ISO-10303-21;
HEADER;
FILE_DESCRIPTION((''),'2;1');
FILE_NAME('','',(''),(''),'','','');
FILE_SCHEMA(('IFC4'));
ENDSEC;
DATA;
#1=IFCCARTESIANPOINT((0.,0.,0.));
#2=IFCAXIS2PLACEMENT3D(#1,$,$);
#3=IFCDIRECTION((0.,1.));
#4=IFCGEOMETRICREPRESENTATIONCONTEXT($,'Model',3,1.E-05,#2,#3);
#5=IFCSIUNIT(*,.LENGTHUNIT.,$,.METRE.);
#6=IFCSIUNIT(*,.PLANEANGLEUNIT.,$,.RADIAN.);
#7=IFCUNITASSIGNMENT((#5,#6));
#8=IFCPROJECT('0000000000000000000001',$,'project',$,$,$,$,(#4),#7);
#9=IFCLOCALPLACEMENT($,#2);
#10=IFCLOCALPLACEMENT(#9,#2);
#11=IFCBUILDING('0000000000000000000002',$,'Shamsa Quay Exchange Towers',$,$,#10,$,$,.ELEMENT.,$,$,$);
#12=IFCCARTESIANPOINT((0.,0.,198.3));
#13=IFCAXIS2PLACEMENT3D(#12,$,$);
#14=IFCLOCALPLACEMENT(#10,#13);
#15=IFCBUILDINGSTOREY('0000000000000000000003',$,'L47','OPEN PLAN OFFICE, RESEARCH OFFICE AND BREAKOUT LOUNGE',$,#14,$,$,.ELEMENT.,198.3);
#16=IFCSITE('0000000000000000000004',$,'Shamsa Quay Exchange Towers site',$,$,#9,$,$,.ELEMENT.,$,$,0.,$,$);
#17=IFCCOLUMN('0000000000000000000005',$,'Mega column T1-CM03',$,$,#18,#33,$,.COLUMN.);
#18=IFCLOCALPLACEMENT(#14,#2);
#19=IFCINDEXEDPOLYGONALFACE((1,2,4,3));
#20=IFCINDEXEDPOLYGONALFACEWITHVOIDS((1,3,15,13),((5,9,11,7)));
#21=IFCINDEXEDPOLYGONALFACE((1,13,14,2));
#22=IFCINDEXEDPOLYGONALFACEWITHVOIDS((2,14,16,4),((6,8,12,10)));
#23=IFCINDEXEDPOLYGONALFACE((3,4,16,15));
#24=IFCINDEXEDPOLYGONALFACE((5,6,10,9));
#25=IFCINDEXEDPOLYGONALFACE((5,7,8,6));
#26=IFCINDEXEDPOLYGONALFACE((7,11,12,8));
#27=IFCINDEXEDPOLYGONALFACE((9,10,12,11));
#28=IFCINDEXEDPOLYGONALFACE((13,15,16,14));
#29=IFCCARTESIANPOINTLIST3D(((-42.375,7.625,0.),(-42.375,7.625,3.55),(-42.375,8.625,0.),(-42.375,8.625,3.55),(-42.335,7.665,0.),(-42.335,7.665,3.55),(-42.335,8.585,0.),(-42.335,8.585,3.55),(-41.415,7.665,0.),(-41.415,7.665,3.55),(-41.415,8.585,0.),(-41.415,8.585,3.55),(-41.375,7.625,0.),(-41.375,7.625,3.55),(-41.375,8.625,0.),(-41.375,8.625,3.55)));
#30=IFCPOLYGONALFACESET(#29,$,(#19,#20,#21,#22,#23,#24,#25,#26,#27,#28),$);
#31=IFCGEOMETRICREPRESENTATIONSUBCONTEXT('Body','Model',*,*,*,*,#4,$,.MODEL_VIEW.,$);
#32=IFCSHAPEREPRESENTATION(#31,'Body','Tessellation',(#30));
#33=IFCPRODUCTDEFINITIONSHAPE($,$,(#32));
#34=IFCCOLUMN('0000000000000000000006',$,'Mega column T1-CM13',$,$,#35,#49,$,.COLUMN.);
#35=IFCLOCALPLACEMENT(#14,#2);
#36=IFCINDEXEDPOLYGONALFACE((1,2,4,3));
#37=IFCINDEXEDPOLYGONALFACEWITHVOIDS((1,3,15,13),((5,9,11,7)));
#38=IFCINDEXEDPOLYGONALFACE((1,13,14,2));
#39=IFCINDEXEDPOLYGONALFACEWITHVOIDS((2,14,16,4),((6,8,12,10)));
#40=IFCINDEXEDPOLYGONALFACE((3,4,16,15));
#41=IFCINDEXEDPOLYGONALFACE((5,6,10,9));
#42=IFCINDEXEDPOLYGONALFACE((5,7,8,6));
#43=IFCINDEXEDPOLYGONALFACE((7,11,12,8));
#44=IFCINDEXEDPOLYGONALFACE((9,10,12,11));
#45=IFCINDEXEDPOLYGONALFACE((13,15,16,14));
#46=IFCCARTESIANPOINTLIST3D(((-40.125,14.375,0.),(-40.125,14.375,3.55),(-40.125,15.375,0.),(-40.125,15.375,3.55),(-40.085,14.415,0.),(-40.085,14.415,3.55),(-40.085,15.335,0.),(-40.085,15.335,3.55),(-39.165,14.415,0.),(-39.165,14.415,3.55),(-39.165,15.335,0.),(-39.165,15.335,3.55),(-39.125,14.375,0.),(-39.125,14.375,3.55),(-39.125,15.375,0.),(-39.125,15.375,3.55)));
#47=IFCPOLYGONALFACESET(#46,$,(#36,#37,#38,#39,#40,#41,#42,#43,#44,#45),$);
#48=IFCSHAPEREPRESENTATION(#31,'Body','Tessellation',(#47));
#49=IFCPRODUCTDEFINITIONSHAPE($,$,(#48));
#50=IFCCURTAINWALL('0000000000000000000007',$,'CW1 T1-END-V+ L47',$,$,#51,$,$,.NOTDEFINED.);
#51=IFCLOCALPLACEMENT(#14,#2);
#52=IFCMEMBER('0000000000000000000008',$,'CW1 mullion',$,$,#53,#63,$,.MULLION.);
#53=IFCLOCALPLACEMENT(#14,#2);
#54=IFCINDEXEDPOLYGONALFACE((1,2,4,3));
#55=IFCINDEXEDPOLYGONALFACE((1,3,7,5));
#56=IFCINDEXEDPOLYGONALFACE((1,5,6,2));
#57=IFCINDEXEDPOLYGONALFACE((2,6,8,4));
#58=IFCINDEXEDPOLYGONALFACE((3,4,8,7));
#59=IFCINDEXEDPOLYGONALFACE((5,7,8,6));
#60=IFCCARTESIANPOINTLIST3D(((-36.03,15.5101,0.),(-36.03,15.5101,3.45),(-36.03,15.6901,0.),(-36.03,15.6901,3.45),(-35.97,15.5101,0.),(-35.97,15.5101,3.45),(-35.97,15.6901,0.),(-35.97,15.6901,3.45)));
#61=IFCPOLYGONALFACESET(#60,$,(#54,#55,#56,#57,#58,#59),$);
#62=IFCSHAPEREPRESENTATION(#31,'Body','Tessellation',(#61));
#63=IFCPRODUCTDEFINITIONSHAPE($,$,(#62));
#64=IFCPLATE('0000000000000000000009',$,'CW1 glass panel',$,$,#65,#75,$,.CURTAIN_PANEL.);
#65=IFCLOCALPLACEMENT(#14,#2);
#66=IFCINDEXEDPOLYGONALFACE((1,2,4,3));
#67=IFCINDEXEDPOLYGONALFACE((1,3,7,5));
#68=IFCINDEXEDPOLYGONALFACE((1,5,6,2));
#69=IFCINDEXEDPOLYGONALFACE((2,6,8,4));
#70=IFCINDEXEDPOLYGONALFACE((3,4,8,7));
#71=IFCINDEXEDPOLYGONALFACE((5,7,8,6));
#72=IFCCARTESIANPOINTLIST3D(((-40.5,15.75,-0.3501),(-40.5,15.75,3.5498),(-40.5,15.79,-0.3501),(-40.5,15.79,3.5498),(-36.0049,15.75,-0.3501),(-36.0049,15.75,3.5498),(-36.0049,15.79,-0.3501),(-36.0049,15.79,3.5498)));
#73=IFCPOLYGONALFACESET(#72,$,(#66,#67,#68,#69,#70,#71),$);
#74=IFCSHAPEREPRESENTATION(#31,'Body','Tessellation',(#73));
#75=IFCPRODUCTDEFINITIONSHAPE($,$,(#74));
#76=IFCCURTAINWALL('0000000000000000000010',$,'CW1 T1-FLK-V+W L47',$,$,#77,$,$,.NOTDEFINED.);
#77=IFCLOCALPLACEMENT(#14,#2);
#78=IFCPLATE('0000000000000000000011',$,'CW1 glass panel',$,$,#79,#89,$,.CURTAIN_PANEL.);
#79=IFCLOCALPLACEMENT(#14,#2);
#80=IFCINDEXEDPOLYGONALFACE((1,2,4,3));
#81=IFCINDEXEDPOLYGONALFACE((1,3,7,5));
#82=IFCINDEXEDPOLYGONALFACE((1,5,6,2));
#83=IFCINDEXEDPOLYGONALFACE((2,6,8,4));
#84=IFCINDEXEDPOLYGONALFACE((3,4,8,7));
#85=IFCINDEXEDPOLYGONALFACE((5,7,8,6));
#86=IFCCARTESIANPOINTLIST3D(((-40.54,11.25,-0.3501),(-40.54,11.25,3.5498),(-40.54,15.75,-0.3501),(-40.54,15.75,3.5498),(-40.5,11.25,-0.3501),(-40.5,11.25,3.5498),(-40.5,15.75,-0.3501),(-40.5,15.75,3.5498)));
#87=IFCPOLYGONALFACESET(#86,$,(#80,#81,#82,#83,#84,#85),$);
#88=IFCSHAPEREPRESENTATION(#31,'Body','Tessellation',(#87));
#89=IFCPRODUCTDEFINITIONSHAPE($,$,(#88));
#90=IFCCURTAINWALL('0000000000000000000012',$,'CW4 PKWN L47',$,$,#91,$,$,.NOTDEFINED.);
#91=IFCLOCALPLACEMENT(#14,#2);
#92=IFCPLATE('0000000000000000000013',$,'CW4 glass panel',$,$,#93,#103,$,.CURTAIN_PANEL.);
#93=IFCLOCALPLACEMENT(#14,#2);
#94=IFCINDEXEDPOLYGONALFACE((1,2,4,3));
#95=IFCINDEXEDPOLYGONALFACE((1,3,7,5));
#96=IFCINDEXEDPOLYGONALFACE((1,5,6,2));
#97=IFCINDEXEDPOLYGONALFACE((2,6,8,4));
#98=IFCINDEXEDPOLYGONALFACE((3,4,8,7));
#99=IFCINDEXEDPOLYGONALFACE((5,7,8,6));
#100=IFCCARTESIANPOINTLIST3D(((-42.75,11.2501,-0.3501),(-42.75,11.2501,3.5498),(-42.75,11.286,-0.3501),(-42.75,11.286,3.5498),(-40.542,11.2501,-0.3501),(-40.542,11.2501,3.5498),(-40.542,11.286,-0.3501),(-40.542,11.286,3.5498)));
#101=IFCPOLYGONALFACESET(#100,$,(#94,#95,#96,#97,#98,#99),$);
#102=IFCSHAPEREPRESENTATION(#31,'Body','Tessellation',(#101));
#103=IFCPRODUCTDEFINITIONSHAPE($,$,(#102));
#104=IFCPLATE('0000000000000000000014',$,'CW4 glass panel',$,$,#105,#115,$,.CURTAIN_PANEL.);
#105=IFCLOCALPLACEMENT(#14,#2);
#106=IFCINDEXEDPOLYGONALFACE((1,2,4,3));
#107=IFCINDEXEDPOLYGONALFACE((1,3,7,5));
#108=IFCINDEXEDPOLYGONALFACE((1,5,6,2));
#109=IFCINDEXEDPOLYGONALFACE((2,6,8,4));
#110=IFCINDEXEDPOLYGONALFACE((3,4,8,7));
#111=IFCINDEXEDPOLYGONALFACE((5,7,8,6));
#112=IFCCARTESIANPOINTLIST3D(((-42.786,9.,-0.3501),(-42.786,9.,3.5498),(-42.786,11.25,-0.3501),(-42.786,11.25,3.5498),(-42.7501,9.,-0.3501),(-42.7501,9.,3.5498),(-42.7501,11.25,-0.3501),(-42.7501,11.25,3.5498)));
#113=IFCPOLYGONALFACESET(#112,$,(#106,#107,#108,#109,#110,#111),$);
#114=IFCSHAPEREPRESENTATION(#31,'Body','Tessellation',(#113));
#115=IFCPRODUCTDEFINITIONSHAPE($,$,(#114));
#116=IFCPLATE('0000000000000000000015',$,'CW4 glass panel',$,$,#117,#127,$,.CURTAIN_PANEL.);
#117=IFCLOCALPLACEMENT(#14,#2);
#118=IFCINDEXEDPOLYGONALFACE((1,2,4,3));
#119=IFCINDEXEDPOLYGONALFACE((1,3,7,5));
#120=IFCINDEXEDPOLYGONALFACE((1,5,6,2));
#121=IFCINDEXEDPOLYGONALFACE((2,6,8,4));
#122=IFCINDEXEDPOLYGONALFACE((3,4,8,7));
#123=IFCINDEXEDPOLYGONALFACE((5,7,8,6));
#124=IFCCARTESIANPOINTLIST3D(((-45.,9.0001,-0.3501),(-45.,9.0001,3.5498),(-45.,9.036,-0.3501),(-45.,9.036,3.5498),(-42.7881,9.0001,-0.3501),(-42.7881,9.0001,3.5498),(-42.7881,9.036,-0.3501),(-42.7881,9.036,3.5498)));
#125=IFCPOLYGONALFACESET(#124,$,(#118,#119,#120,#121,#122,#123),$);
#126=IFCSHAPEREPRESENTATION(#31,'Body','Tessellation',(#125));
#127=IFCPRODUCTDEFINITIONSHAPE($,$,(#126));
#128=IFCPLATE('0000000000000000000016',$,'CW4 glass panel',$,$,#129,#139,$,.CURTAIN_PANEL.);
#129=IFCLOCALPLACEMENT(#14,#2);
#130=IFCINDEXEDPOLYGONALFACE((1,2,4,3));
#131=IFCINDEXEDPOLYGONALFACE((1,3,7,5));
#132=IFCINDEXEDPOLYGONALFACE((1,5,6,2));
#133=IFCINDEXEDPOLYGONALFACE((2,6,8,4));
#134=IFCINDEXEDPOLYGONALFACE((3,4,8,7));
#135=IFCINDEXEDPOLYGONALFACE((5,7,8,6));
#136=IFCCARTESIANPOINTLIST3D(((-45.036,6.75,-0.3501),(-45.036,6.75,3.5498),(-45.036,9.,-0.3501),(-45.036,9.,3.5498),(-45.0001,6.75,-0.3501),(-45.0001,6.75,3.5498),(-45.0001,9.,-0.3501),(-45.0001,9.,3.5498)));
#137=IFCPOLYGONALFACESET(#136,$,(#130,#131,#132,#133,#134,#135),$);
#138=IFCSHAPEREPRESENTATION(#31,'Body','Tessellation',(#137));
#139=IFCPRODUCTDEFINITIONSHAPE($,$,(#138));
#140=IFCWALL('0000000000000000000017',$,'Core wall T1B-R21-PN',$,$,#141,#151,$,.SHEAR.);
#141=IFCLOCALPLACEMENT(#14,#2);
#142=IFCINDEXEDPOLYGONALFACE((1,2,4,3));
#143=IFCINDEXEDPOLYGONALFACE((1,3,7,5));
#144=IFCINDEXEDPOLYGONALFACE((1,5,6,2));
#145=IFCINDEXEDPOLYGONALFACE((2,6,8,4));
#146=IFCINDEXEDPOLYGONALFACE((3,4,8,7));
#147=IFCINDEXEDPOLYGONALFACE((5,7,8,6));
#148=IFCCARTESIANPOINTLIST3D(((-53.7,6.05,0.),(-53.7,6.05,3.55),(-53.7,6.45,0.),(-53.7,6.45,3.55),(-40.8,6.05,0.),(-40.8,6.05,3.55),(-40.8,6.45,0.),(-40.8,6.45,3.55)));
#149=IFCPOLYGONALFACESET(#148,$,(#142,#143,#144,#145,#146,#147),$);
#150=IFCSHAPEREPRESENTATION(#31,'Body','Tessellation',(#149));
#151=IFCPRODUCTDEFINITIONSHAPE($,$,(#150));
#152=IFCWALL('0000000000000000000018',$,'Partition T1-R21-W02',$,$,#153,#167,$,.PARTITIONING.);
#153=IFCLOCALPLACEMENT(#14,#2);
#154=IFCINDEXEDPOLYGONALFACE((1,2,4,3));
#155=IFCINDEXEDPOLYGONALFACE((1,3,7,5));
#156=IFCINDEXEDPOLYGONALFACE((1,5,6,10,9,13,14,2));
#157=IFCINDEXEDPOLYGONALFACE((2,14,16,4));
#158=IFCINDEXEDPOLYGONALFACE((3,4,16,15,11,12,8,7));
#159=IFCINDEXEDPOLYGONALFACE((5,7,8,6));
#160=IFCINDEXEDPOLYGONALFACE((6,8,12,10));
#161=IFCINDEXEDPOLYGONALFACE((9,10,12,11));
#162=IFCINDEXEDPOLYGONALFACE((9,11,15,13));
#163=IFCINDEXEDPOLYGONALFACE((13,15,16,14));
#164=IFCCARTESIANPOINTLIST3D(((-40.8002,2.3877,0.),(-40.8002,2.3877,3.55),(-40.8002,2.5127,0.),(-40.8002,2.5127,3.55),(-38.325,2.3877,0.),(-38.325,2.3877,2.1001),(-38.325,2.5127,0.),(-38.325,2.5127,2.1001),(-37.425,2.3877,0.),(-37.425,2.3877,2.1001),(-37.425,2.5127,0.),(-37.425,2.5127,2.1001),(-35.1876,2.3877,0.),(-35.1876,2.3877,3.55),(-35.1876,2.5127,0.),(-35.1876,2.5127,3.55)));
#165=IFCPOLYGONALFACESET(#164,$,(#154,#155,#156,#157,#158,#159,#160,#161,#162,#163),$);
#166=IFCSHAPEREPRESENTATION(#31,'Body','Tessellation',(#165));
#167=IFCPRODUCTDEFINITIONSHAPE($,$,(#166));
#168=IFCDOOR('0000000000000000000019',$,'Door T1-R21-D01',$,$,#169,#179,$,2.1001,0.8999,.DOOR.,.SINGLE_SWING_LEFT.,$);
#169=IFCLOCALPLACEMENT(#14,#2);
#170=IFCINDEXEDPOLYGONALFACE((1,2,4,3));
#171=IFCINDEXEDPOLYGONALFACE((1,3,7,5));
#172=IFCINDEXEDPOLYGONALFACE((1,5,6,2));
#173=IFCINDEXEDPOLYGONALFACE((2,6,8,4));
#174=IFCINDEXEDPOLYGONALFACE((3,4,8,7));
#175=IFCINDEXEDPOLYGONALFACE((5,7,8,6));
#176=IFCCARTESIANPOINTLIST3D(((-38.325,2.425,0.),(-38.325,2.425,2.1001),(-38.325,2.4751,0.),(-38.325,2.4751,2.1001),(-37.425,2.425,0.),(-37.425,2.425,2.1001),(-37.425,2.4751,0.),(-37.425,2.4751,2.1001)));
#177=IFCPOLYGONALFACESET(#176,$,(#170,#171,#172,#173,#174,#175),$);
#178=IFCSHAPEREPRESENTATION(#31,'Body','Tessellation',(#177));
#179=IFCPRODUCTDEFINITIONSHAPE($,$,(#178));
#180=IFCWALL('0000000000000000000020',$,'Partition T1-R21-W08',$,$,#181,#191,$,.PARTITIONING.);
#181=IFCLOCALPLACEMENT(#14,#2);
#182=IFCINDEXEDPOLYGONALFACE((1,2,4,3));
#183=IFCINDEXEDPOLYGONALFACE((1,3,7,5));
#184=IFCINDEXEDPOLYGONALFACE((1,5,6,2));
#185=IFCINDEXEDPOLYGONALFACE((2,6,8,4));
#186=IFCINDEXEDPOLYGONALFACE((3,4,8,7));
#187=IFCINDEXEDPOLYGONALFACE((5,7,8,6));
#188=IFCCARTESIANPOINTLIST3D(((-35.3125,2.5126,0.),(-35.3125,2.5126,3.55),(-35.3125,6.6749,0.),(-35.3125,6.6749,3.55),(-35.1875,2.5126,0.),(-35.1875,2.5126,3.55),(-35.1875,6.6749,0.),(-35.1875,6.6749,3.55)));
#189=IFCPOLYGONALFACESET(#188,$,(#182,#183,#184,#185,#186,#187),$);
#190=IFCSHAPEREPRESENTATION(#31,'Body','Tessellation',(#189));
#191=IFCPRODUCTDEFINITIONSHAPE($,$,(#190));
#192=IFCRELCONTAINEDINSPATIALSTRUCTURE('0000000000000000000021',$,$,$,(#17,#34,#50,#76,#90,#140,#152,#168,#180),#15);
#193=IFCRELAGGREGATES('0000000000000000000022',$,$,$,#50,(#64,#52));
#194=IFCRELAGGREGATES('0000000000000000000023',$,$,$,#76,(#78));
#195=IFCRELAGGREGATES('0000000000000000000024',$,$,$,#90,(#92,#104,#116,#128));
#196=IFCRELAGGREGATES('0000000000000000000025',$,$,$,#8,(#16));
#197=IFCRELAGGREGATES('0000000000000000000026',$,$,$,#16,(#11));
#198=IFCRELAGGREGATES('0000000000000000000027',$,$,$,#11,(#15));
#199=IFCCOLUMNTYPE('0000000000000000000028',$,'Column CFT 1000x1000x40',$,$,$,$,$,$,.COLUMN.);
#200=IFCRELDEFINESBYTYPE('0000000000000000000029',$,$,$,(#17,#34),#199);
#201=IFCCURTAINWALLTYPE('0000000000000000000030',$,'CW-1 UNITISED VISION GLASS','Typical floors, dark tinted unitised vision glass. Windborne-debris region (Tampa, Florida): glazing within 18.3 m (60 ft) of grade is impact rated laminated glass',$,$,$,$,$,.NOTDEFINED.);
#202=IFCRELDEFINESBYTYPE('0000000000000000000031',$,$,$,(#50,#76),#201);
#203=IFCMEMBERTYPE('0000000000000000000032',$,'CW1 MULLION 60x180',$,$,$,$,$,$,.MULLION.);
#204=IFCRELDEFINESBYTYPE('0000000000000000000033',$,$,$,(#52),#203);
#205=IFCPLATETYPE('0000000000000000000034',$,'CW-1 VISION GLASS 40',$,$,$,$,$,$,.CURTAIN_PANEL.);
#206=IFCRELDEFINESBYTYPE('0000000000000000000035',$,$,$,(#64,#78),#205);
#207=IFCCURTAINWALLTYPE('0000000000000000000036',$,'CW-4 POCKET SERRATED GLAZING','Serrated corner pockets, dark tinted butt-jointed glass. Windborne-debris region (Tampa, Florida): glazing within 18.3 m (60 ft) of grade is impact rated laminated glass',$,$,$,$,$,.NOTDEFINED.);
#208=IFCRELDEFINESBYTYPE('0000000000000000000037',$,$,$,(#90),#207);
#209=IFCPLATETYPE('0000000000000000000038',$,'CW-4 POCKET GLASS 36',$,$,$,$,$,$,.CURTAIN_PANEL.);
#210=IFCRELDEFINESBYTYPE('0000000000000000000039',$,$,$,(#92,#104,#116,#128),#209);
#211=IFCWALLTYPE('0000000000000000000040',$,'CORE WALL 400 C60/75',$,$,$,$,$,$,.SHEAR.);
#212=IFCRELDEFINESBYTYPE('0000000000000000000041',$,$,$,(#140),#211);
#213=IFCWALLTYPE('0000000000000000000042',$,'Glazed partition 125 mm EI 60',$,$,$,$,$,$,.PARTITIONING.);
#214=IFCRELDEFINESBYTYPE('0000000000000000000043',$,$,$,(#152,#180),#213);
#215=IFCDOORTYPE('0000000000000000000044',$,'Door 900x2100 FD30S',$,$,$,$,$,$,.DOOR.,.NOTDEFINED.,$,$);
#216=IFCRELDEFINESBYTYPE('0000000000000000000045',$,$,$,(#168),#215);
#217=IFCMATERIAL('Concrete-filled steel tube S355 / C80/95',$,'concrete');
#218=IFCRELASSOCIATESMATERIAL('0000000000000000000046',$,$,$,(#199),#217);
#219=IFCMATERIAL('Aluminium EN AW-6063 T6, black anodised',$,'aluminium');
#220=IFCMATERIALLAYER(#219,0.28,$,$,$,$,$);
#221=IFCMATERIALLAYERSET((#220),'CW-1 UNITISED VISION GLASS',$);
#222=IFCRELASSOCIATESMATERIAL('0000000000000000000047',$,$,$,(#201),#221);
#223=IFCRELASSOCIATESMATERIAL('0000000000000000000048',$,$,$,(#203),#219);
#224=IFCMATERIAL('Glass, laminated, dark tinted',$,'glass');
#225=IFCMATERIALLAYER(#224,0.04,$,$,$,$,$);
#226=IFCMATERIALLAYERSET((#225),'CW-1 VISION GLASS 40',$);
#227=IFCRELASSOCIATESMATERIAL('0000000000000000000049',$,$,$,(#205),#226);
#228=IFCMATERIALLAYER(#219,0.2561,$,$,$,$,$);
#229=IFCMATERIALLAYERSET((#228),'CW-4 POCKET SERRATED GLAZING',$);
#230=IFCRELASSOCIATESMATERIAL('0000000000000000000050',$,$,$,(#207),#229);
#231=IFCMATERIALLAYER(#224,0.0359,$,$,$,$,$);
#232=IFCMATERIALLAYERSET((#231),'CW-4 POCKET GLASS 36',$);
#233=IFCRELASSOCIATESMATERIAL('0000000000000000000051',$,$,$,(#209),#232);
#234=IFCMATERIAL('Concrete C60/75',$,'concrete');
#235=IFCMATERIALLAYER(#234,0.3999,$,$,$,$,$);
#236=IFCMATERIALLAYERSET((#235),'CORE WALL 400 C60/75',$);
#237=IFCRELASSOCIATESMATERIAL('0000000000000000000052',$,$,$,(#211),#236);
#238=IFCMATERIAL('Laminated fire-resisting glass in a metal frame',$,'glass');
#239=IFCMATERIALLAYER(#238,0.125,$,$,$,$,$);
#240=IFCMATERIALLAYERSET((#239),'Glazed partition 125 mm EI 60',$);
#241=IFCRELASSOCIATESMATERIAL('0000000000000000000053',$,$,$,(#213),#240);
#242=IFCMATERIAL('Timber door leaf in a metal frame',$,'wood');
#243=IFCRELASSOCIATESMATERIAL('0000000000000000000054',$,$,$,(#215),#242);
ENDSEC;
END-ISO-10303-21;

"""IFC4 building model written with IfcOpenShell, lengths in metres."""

from ifc_helpers import new_model, si_unit, direction, frame, frame_2d, origin, origin_2d, place, context, subcontext, project, spatial, rectangle, hollow_rectangle, extrude, material, layer, layer_set, material_profile, profile_set, type_object, element, fill, aggregate, save


model = new_model("IFC4")

# Units and contexts
model_context = context("Model", 3, precision=1e-05, world=origin(), true_north=direction((0.0, 1.0)))
body_context = subcontext(model_context, "Body", "Model", "MODEL_VIEW")
ifc_project = project(units=[si_unit("LENGTHUNIT", "METRE"), si_unit("PLANEANGLEUNIT", "RADIAN")], contexts=[model_context])

# Site, building, storey
site_placement = place(None, origin())
site = spatial("IfcSite", under=ifc_project, at=site_placement, Name="Shamsa Quay Exchange Towers site", CompositionType="ELEMENT", RefElevation=0.0)
building_placement = place(site_placement, origin())
building = spatial("IfcBuilding", under=site, at=building_placement, Name="Shamsa Quay Exchange Towers", CompositionType="ELEMENT")
storey_placement = place(building_placement, frame((0.0, 0.0, 198.3)))
storey = spatial("IfcBuildingStorey", under=building, at=storey_placement, Name="L47", Description="OPEN PLAN OFFICE, RESEARCH OFFICE AND BREAKOUT LOUNGE", CompositionType="ELEMENT", Elevation=198.3)

# Columns
ifc_material_1 = material(Name="Concrete-filled steel tube S355 / C80/95", Category="concrete")
ifc_material_profile_1 = material_profile(ifc_material_1, hollow_rectangle(XDim=1.0, YDim=1.0, WallThickness=0.04, at=origin_2d()), Name="CFT 1000x1000x40")
ifc_profile_set_1 = profile_set([ifc_material_profile_1], Name="Concrete-filled steel tube S355 / C80/95")
column_type = type_object("IfcColumnType", Name="Column CFT 1000x1000x40", PredefinedType="COLUMN", material=ifc_profile_set_1)
for number, where, name in (
    (1, (-41.875, 8.125, 0.0), "Mega column T1-CM03"),
    (2, (-39.625, 14.875, 0.0), "Mega column T1-CM13"),
):
    element("IfcColumn", number, at=place(storey_placement, frame(where)), inside=storey, type_object=column_type, Name=name, PredefinedType="COLUMN", context=body_context, shape_type="SweptSolid", body=[
        extrude(hollow_rectangle(XDim=1.0, YDim=1.0, WallThickness=0.04, at=origin_2d()), origin(), (0.0, 0.0, 1.0), 3.55),
    ])

# Curtain wall, member, plate
ifc_material_2 = material(Name="Aluminium EN AW-6063 T6, black anodised", Category="aluminium")
ifc_layer_1 = layer(ifc_material_2, 0.28)
ifc_layer_set_1 = layer_set([ifc_layer_1], Name="CW-1 UNITISED VISION GLASS")
curtain_wall_type_1 = type_object("IfcCurtainWallType", Name="CW-1 UNITISED VISION GLASS", Description="Typical floors, dark tinted unitised vision glass. Windborne-debris region (Tampa, Florida): glazing within 18.3 m (60 ft) of grade is impact rated laminated glass", PredefinedType="NOTDEFINED", material=ifc_layer_set_1)
curtain_wall_1_placement = place(storey_placement, origin())
curtain_wall_1 = element("IfcCurtainWall", 3, at=curtain_wall_1_placement, inside=storey, type_object=curtain_wall_type_1, Name="CW1 T1-END-V+ L47", PredefinedType="NOTDEFINED")
ifc_material_profile_2 = material_profile(ifc_material_2, rectangle(XDim=0.1799, YDim=0.0601, at=origin_2d()), Name="MU60x180")
ifc_profile_set_2 = profile_set([ifc_material_profile_2], Name="Aluminium EN AW-6063 T6, black anodised")
member_type = type_object("IfcMemberType", Name="CW1 MULLION 60x180", PredefinedType="MULLION", material=ifc_profile_set_2)
member_placement = place(storey_placement, frame((-36.0, 15.6001, 0.0), z_axis=(0.0, 0.0, 1.0), x_axis=(0.0, -1.0, 0.0)))
member = element("IfcMember", 4, at=member_placement, type_object=member_type, Name="CW1 mullion", PredefinedType="MULLION", context=body_context, shape_type="SweptSolid", body=[
    extrude(rectangle(XDim=0.1799, YDim=0.0601, at=origin_2d()), origin(), (0.0, 0.0, 1.0), 3.45),
])
ifc_material_3 = material(Name="Glass, laminated, dark tinted", Category="glass")
ifc_layer_2 = layer(ifc_material_3, 0.04)
ifc_layer_set_2 = layer_set([ifc_layer_2], Name="CW-1 VISION GLASS 40")
plate_type_1 = type_object("IfcPlateType", Name="CW-1 VISION GLASS 40", PredefinedType="CURTAIN_PANEL", material=ifc_layer_set_2)
plate_1_placement = place(storey_placement, frame((-38.2524, 15.77, -0.3501), z_axis=(0.0, 0.0, 1.0), x_axis=(-1.0, 0.0, 0.0)))
plate_1 = element("IfcPlate", 5, at=plate_1_placement, type_object=plate_type_1, Name="CW1 glass panel", PredefinedType="CURTAIN_PANEL", context=body_context, shape_type="SweptSolid", body=[
    extrude(rectangle(XDim=4.4951, YDim=0.04, at=origin_2d()), origin(), (0.0, 0.0, 1.0), 3.8999),
])
aggregate(curtain_wall_1, [plate_1, member])

# Curtain wall, plate
curtain_wall_2_placement = place(storey_placement, origin())
curtain_wall_2 = element("IfcCurtainWall", 6, at=curtain_wall_2_placement, inside=storey, type_object=curtain_wall_type_1, Name="CW1 T1-FLK-V+W L47", PredefinedType="NOTDEFINED")
plate_2_placement = place(storey_placement, frame((-40.52, 13.5, -0.3501), z_axis=(0.0, 0.0, 1.0), x_axis=(0.0, -1.0, 0.0)))
plate_2 = element("IfcPlate", 7, at=plate_2_placement, type_object=plate_type_1, Name="CW1 glass panel", PredefinedType="CURTAIN_PANEL", context=body_context, shape_type="SweptSolid", body=[
    extrude(rectangle(XDim=4.5, YDim=0.04, at=origin_2d()), origin(), (0.0, 0.0, 1.0), 3.8999),
])
aggregate(curtain_wall_2, [plate_2])

# Curtain wall, plates
ifc_layer_3 = layer(ifc_material_2, 0.2561)
ifc_layer_set_3 = layer_set([ifc_layer_3], Name="CW-4 POCKET SERRATED GLAZING")
curtain_wall_type_2 = type_object("IfcCurtainWallType", Name="CW-4 POCKET SERRATED GLAZING", Description="Serrated corner pockets, dark tinted butt-jointed glass. Windborne-debris region (Tampa, Florida): glazing within 18.3 m (60 ft) of grade is impact rated laminated glass", PredefinedType="NOTDEFINED", material=ifc_layer_set_3)
curtain_wall_3_placement = place(storey_placement, origin())
curtain_wall_3 = element("IfcCurtainWall", 8, at=curtain_wall_3_placement, inside=storey, type_object=curtain_wall_type_2, Name="CW4 PKWN L47", PredefinedType="NOTDEFINED")
ifc_layer_4 = layer(ifc_material_3, 0.0359)
ifc_layer_set_4 = layer_set([ifc_layer_4], Name="CW-4 POCKET GLASS 36")
plate_type_2 = type_object("IfcPlateType", Name="CW-4 POCKET GLASS 36", PredefinedType="CURTAIN_PANEL", material=ifc_layer_set_4)
plate_3_placement = place(storey_placement, frame((-41.646, 11.2681, -0.3501), z_axis=(0.0, 0.0, 1.0), x_axis=(-1.0, 0.0, 0.0)))
plate_3 = element("IfcPlate", 9, at=plate_3_placement, type_object=plate_type_2, Name="CW4 glass panel", PredefinedType="CURTAIN_PANEL", context=body_context, shape_type="SweptSolid", body=[
    extrude(rectangle(XDim=2.208, YDim=0.0359, at=origin_2d()), origin(), (0.0, 0.0, 1.0), 3.8999),
])
plate_4_placement = place(storey_placement, frame((-42.7681, 10.125, -0.3501), z_axis=(0.0, 0.0, 1.0), x_axis=(0.0, -1.0, 0.0)))
plate_4 = element("IfcPlate", 10, at=plate_4_placement, type_object=plate_type_2, Name="CW4 glass panel", PredefinedType="CURTAIN_PANEL", context=body_context, shape_type="SweptSolid", body=[
    extrude(rectangle(XDim=2.25, YDim=0.0359, at=origin_2d()), origin(), (0.0, 0.0, 1.0), 3.8999),
])
plate_5_placement = place(storey_placement, frame((-43.894, 9.0181, -0.3501), z_axis=(0.0, 0.0, 1.0), x_axis=(-1.0, 0.0, 0.0)))
plate_5 = element("IfcPlate", 11, at=plate_5_placement, type_object=plate_type_2, Name="CW4 glass panel", PredefinedType="CURTAIN_PANEL", context=body_context, shape_type="SweptSolid", body=[
    extrude(rectangle(XDim=2.2119, YDim=0.0359, at=origin_2d()), origin(), (0.0, 0.0, 1.0), 3.8999),
])
plate_6_placement = place(storey_placement, frame((-45.0181, 7.875, -0.3501), z_axis=(0.0, 0.0, 1.0), x_axis=(0.0, -1.0, 0.0)))
plate_6 = element("IfcPlate", 12, at=plate_6_placement, type_object=plate_type_2, Name="CW4 glass panel", PredefinedType="CURTAIN_PANEL", context=body_context, shape_type="SweptSolid", body=[
    extrude(rectangle(XDim=2.25, YDim=0.0359, at=origin_2d()), origin(), (0.0, 0.0, 1.0), 3.8999),
])
aggregate(curtain_wall_3, [plate_3, plate_4, plate_5, plate_6])

# Wall
ifc_material_4 = material(Name="Concrete C60/75", Category="concrete")
ifc_layer_5 = layer(ifc_material_4, 0.3999)
ifc_layer_set_5 = layer_set([ifc_layer_5], Name="CORE WALL 400 C60/75")
wall_type_1 = type_object("IfcWallType", Name="CORE WALL 400 C60/75", PredefinedType="SHEAR", material=ifc_layer_set_5)
wall_1_placement = place(storey_placement, frame((-40.8, 6.25, 0.0), z_axis=(0.0, 0.0, 1.0), x_axis=(-1.0, 0.0, 0.0)))
element("IfcWall", 13, at=wall_1_placement, inside=storey, type_object=wall_type_1, Name="Core wall T1B-R21-PN", PredefinedType="SHEAR", context=body_context, shape_type="SweptSolid", body=[
    extrude(rectangle(XDim=12.8999, YDim=0.3999, at=frame_2d((6.45, 0.0))), origin(), (0.0, 0.0, 1.0), 3.55),
])

# Wall, opening, door
ifc_material_5 = material(Name="Laminated fire-resisting glass in a metal frame", Category="glass")
ifc_layer_6 = layer(ifc_material_5, 0.125)
ifc_layer_set_6 = layer_set([ifc_layer_6], Name="Glazed partition 125 mm EI 60")
wall_type_2 = type_object("IfcWallType", Name="Glazed partition 125 mm EI 60", PredefinedType="PARTITIONING", material=ifc_layer_set_6)
wall_2_placement = place(storey_placement, frame((-40.8, 2.4502, 0.0)))
wall_2 = element("IfcWall", 14, at=wall_2_placement, inside=storey, type_object=wall_type_2, Name="Partition T1-R21-W02", PredefinedType="PARTITIONING", context=body_context, shape_type="SweptSolid", body=[
    extrude(rectangle(XDim=5.6125, YDim=0.125, at=frame_2d((2.8062, 0.0))), origin(), (0.0, 0.0, 1.0), 3.55),
])
opening_1_placement = place(wall_2_placement, frame((2.4751, 0.0, 0.0)))
opening_1 = element("IfcOpeningElement", 15, at=opening_1_placement, cuts=wall_2, PredefinedType="OPENING", context=body_context, shape_type="SweptSolid", body=[
    extrude(rectangle(XDim=0.8999, YDim=2.1001, at=frame_2d((0.45, 1.05))), frame((0.0, 0.0725, 0.0), z_axis=(0.0, -1.0, 0.0), x_axis=(1.0, 0.0, 0.0)), (0.0, 0.0, 1.0), 0.145),
])
ifc_material_6 = material(Name="Timber door leaf in a metal frame", Category="wood")
door_type_1 = type_object("IfcDoorType", Name="Door 900x2100 FD30S", OperationType="NOTDEFINED", PredefinedType="DOOR", material=ifc_material_6)
door_1_placement = place(opening_1_placement, origin())
door_1 = element("IfcDoor", 16, at=door_1_placement, inside=storey, type_object=door_type_1, Name="Door T1-R21-D01", OperationType="SINGLE_SWING_LEFT", OverallHeight=2.1001, OverallWidth=0.8999, PredefinedType="DOOR", context=body_context, shape_type="SweptSolid", body=[
    extrude(rectangle(XDim=0.8999, YDim=2.1001, at=frame_2d((0.45, 1.05))), frame((0.0, 0.0249, 0.0), z_axis=(0.0, -1.0, 0.0), x_axis=(1.0, 0.0, 0.0)), (0.0, 0.0, 1.0), 0.05),
])
fill(opening_1, door_1)

# Wall
wall_3_placement = place(storey_placement, frame((-35.25, 2.5127, 0.0), z_axis=(0.0, 0.0, 1.0), x_axis=(0.0, 1.0, 0.0)))
element("IfcWall", 17, at=wall_3_placement, inside=storey, type_object=wall_type_2, Name="Partition T1-R21-W08", PredefinedType="PARTITIONING", context=body_context, shape_type="SweptSolid", body=[
    extrude(rectangle(XDim=4.1624, YDim=0.125, at=frame_2d((2.0811, 0.0))), origin(), (0.0, 0.0, 1.0), 3.55),
])

save(model, "model.ifc")
